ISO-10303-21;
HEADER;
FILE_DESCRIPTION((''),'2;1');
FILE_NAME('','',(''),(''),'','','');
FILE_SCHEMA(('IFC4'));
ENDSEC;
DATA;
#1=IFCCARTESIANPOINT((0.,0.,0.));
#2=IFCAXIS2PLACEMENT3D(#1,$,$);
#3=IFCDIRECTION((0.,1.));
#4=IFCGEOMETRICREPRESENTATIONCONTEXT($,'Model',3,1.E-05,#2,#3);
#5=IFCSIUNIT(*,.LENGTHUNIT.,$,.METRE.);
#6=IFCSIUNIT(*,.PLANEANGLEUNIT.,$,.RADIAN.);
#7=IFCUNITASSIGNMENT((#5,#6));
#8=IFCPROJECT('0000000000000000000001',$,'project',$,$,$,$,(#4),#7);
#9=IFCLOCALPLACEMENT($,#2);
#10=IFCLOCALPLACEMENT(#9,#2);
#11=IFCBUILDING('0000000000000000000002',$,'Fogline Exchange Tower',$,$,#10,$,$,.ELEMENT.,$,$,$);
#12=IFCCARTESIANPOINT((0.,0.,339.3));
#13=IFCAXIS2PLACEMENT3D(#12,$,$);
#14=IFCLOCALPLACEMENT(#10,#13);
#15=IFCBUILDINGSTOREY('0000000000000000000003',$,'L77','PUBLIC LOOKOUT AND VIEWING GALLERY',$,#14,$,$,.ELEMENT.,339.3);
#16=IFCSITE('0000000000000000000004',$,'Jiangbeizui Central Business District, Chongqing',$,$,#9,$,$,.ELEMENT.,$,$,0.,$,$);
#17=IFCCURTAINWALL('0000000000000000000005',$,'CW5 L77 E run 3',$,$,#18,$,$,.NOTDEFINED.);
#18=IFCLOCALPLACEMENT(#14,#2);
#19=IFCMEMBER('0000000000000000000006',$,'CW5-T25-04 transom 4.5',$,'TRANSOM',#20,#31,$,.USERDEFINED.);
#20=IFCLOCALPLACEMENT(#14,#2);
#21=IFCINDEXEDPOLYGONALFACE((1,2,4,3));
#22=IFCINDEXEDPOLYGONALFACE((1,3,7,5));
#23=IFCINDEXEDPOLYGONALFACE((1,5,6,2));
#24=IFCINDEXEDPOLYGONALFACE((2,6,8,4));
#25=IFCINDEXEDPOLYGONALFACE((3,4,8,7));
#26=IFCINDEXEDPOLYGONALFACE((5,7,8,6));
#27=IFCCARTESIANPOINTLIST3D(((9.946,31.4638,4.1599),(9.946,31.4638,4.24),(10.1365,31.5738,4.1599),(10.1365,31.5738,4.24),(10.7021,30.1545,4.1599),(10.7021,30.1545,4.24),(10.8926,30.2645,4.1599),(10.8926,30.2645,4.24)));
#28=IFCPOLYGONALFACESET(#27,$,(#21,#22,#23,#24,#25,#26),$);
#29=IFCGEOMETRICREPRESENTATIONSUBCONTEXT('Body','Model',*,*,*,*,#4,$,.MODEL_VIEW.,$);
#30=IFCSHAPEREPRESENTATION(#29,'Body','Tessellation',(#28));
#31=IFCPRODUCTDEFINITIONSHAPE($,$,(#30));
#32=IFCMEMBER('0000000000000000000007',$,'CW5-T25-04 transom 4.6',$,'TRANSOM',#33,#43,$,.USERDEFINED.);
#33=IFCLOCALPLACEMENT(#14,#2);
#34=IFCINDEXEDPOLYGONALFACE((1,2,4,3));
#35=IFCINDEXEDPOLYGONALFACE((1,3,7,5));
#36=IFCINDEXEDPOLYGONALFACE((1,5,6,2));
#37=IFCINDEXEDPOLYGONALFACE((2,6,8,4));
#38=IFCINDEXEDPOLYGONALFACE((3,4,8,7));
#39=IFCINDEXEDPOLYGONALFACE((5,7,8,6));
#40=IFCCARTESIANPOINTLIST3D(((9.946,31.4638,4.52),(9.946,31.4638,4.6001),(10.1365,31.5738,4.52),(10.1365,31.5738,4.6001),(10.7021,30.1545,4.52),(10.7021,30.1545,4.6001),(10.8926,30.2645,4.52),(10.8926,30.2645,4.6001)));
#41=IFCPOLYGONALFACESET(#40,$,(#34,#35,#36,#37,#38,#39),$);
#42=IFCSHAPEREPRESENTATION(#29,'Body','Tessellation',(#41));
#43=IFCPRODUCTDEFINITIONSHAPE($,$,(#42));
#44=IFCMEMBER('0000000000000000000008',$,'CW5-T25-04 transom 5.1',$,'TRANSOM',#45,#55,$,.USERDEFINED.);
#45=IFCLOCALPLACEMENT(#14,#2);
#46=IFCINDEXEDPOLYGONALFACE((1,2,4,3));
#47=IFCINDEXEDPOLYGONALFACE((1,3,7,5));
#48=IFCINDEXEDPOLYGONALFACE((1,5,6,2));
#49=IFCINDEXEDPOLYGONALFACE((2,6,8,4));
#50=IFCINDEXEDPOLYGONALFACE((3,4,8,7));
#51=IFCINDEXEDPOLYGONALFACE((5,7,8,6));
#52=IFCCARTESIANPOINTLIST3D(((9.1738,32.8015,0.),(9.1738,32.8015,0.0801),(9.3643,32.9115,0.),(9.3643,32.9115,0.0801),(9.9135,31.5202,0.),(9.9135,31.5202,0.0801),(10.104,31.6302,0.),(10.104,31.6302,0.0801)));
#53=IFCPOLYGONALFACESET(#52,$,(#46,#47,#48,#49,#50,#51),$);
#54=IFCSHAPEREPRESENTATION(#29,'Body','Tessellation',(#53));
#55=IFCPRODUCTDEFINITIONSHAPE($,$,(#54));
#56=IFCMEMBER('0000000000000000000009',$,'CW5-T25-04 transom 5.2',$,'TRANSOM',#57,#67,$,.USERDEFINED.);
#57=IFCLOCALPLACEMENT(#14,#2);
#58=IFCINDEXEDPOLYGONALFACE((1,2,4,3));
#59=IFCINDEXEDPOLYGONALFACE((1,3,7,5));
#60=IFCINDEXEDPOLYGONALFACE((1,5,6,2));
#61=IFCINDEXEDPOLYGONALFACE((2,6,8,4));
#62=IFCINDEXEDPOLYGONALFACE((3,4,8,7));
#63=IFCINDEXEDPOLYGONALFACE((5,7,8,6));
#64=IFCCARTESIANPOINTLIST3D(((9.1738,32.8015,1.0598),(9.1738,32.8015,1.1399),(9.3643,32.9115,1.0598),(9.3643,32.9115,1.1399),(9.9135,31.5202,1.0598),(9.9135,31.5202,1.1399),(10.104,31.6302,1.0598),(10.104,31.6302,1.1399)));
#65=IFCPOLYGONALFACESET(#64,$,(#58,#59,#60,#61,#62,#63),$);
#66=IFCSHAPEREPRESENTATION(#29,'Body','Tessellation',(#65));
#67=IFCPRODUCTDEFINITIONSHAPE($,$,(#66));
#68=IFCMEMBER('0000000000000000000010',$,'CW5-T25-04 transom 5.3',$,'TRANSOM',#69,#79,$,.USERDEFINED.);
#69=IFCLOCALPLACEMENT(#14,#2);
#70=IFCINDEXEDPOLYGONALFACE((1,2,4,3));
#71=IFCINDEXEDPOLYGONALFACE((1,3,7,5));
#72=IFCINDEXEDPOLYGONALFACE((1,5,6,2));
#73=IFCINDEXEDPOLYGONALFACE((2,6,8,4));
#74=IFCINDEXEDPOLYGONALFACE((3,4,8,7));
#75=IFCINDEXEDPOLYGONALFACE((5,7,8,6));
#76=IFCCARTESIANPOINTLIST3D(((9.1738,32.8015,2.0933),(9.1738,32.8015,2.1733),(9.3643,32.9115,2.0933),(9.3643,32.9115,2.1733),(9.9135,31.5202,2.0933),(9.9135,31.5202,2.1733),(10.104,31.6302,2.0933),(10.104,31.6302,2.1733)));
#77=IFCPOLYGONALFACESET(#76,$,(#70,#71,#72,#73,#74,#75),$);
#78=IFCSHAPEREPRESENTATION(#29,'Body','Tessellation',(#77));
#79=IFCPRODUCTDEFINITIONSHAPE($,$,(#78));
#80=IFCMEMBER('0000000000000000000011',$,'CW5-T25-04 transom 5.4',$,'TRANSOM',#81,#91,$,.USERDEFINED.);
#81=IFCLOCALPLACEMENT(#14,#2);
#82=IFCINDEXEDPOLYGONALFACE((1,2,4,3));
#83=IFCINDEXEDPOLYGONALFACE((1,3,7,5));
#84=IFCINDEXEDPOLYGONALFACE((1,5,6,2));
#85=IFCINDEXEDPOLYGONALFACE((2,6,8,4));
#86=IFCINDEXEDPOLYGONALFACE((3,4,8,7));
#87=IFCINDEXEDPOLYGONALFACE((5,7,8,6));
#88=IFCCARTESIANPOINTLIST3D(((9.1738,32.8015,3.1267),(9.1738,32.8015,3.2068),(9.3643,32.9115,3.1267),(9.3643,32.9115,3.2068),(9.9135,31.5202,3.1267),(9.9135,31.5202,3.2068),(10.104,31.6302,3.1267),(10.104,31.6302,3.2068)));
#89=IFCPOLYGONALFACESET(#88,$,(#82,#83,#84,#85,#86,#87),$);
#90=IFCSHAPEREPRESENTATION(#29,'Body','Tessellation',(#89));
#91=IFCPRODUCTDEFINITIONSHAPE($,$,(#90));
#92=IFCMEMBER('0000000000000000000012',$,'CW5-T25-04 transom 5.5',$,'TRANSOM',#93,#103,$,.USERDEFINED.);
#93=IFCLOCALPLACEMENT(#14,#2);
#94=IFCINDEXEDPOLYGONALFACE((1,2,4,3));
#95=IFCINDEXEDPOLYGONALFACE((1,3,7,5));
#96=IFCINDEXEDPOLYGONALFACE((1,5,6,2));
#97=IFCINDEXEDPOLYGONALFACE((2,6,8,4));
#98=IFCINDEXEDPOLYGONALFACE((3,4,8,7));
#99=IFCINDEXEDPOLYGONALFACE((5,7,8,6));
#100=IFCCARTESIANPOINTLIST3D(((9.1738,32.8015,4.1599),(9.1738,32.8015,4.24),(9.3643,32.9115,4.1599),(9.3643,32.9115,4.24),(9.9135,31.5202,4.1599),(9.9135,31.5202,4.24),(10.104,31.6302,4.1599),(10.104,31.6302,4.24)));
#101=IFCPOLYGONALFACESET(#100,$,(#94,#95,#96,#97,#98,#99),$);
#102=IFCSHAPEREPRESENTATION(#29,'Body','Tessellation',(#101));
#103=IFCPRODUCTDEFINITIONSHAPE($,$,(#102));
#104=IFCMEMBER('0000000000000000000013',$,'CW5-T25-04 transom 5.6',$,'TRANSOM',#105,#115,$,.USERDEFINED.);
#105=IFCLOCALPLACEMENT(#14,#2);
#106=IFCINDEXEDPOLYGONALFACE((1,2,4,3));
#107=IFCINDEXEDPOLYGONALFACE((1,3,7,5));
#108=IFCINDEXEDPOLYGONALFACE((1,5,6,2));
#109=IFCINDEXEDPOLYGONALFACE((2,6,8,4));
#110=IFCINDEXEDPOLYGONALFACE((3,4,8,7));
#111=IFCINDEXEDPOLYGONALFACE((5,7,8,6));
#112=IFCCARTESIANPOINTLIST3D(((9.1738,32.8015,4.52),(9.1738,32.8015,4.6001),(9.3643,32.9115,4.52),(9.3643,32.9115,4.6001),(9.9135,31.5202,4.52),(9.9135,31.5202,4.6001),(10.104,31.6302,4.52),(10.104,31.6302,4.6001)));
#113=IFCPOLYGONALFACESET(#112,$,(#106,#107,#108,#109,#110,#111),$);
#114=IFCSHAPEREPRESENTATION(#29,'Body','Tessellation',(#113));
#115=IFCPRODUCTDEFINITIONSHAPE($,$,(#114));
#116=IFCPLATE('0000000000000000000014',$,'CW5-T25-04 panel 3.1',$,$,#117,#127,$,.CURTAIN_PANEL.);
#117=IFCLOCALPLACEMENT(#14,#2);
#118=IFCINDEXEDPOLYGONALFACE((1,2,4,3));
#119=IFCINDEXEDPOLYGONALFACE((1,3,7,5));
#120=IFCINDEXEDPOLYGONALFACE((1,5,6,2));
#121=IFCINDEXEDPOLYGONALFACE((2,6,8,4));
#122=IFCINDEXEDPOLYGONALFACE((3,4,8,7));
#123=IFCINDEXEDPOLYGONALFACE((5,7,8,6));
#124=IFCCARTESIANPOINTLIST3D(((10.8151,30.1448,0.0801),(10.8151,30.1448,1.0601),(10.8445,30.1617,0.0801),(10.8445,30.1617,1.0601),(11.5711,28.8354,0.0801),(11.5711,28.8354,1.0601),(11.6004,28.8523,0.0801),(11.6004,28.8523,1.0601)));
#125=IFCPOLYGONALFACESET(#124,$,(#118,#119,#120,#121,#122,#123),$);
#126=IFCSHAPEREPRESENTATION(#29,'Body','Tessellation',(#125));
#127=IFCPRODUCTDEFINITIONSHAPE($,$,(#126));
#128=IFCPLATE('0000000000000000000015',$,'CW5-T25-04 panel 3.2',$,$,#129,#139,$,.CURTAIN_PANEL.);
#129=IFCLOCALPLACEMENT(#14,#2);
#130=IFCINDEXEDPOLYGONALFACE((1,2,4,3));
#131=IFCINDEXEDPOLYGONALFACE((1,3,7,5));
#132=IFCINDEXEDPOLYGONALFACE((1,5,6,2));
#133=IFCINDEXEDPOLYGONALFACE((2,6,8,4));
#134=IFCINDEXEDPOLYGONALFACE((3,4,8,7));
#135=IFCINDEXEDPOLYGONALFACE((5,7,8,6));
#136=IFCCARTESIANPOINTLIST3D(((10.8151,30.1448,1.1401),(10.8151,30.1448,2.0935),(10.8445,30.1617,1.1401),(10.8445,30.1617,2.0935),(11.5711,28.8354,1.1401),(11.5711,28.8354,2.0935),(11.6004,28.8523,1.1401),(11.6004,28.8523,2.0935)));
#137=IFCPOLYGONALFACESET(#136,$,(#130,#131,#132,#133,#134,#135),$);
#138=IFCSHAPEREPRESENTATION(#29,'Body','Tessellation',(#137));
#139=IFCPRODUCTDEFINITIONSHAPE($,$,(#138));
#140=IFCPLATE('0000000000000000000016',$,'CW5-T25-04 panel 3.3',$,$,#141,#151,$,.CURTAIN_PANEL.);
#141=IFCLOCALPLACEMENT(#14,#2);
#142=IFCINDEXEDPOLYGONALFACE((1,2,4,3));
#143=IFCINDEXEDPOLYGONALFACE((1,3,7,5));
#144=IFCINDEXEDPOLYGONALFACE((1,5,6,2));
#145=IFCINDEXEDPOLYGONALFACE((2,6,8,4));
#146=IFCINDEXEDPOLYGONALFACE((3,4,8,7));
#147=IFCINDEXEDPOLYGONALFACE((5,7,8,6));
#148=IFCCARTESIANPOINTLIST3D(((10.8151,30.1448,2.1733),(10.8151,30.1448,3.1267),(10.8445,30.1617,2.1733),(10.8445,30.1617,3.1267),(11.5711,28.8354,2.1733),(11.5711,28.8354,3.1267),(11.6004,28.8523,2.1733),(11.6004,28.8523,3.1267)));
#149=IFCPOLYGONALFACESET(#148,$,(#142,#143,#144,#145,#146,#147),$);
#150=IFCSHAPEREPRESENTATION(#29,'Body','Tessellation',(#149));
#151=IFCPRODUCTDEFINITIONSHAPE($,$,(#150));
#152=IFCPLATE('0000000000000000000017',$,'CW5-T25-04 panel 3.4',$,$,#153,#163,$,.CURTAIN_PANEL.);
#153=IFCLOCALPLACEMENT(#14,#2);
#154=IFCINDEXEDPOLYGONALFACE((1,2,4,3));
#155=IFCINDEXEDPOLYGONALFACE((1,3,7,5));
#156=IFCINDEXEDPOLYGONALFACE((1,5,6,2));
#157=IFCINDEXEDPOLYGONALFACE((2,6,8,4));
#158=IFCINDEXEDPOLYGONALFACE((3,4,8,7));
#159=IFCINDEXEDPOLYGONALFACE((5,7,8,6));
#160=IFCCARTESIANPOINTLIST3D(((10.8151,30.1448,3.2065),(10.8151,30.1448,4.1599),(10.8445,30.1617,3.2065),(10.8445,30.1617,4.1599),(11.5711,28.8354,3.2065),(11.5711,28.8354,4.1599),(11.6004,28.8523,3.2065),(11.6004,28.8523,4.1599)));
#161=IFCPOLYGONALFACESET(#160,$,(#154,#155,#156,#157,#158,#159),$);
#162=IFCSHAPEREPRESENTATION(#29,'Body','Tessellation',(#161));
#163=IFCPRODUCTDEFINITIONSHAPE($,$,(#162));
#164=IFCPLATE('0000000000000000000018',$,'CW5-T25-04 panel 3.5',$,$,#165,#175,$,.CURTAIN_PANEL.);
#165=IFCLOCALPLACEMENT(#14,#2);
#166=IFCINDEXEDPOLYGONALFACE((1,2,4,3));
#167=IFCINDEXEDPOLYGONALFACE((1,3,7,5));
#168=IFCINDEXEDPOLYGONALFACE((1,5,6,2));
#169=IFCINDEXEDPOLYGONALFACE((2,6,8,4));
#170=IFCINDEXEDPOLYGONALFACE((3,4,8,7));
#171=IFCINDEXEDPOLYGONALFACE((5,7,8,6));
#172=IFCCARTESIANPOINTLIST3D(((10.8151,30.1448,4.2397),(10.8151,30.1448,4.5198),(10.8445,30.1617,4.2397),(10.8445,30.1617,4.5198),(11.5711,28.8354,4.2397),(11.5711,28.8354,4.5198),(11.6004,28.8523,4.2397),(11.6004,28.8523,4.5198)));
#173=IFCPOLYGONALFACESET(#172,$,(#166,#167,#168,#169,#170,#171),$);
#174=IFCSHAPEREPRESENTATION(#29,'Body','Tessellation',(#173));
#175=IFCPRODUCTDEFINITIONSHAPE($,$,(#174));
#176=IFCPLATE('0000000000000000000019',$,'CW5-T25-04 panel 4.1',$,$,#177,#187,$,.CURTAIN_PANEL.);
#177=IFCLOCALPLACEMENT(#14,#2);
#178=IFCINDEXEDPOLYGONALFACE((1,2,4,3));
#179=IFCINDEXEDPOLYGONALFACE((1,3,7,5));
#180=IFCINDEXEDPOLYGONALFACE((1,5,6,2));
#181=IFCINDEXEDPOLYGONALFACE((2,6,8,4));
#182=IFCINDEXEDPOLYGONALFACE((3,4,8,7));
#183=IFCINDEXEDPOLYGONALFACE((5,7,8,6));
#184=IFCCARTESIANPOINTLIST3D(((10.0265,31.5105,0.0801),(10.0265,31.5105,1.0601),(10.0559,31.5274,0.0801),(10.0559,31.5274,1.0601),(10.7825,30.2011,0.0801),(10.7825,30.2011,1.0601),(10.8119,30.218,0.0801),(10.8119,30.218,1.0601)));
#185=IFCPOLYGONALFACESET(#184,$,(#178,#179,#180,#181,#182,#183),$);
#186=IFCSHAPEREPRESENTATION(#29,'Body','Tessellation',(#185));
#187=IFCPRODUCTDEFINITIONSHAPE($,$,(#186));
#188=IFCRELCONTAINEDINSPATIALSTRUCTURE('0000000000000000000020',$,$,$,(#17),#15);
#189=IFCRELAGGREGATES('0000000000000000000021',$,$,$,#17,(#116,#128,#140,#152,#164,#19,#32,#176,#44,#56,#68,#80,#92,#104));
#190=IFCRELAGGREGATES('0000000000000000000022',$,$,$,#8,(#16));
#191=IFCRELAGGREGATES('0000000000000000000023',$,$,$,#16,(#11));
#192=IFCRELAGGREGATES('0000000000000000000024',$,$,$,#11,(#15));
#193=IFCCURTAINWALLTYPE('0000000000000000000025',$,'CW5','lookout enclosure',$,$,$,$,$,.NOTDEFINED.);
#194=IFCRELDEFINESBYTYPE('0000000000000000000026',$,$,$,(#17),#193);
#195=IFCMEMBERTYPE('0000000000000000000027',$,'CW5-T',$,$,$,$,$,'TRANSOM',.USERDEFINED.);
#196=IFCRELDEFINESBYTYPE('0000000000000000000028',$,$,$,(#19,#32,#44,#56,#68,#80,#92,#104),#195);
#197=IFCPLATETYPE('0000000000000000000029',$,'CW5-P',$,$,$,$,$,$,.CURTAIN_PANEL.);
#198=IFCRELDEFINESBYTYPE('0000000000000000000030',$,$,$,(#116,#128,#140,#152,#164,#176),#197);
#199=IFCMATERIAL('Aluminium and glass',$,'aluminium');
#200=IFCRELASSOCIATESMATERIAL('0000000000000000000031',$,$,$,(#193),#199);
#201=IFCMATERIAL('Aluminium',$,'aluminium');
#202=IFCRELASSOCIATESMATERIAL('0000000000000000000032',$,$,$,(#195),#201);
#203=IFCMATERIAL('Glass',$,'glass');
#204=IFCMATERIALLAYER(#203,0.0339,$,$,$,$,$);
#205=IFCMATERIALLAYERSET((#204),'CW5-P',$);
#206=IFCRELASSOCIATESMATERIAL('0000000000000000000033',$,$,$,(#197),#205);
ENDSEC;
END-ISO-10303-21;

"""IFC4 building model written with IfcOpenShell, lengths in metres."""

from ifc_helpers import new_model, si_unit, direction, frame, origin, origin_2d, place, context, subcontext, project, spatial, rectangle, extrude, material, layer, layer_set, material_profile, profile_set, type_object, element, aggregate, save


model = new_model("IFC4")

# Units and contexts
model_context = context("Model", 3, precision=1e-05, world=origin(), true_north=direction((0.0, 1.0)))
body_context = subcontext(model_context, "Body", "Model", "MODEL_VIEW")
ifc_project = project(units=[si_unit("LENGTHUNIT", "METRE"), si_unit("PLANEANGLEUNIT", "RADIAN")], contexts=[model_context])

# Site, building, storey
site_placement = place(None, origin())
site = spatial("IfcSite", under=ifc_project, at=site_placement, Name="Jiangbeizui Central Business District, Chongqing", CompositionType="ELEMENT", RefElevation=0.0)
building_placement = place(site_placement, origin())
building = spatial("IfcBuilding", under=site, at=building_placement, Name="Fogline Exchange Tower", CompositionType="ELEMENT")
storey_placement = place(building_placement, frame((0.0, 0.0, 339.3)))
storey = spatial("IfcBuildingStorey", under=building, at=storey_placement, Name="L77", Description="PUBLIC LOOKOUT AND VIEWING GALLERY", CompositionType="ELEMENT", Elevation=339.3)

# Curtain wall, members, plates
ifc_material_1 = material(Name="Aluminium and glass", Category="aluminium")
curtain_wall_type = type_object("IfcCurtainWallType", Name="CW5", Description="lookout enclosure", PredefinedType="NOTDEFINED", material=ifc_material_1)
curtain_wall_placement = place(storey_placement, origin())
curtain_wall = element("IfcCurtainWall", 1, at=curtain_wall_placement, inside=storey, type_object=curtain_wall_type, Name="CW5 L77 E run 3", PredefinedType="NOTDEFINED")
ifc_material_2 = material(Name="Aluminium", Category="aluminium")
ifc_material_profile_1 = material_profile(ifc_material_2, rectangle(XDim=0.22, YDim=0.0801, at=origin_2d()), Name="Transom 80x220")
ifc_profile_set_1 = profile_set([ifc_material_profile_1], Name="Aluminium")
member_type_1 = type_object("IfcMemberType", Name="CW5-T", ElementType="TRANSOM", PredefinedType="USERDEFINED", material=ifc_profile_set_1)
member_1_placement = place(storey_placement, frame((10.7974, 30.2095, 4.2), z_axis=(-0.500081, 0.865979, 0.0), x_axis=(-0.865979, -0.500081, 0.0)))
member_1 = element("IfcMember", 2, at=member_1_placement, type_object=member_type_1, Name="CW5-T25-04 transom 4.5", ObjectType="TRANSOM", PredefinedType="USERDEFINED", context=body_context, shape_type="SweptSolid", body=[
    extrude(rectangle(XDim=0.22, YDim=0.0801, at=origin_2d()), origin(), (0.0, 0.0, 1.0), 1.512),
])
member_2_placement = place(storey_placement, frame((10.7974, 30.2095, 4.5601), z_axis=(-0.500081, 0.865979, 0.0), x_axis=(-0.865979, -0.500081, 0.0)))
member_2 = element("IfcMember", 3, at=member_2_placement, type_object=member_type_1, Name="CW5-T25-04 transom 4.6", ObjectType="TRANSOM", PredefinedType="USERDEFINED", context=body_context, shape_type="SweptSolid", body=[
    extrude(rectangle(XDim=0.22, YDim=0.0801, at=origin_2d()), origin(), (0.0, 0.0, 1.0), 1.512),
])
member_3_placement = place(storey_placement, frame((10.0088, 31.5752, 0.04), z_axis=(-0.500008, 0.866021, 0.0), x_axis=(-0.866021, -0.500008, 0.0)))
member_3 = element("IfcMember", 4, at=member_3_placement, type_object=member_type_1, Name="CW5-T25-04 transom 5.1", ObjectType="TRANSOM", PredefinedType="USERDEFINED", context=body_context, shape_type="SweptSolid", body=[
    extrude(rectangle(XDim=0.22, YDim=0.0801, at=origin_2d()), origin(), (0.0, 0.0, 1.0), 1.4795),
])
member_4_placement = place(storey_placement, frame((10.0088, 31.5752, 1.0999), z_axis=(-0.500008, 0.866021, 0.0), x_axis=(-0.866021, -0.500008, 0.0)))
member_4 = element("IfcMember", 5, at=member_4_placement, type_object=member_type_1, Name="CW5-T25-04 transom 5.2", ObjectType="TRANSOM", PredefinedType="USERDEFINED", context=body_context, shape_type="SweptSolid", body=[
    extrude(rectangle(XDim=0.22, YDim=0.0801, at=origin_2d()), origin(), (0.0, 0.0, 1.0), 1.4795),
])
member_5_placement = place(storey_placement, frame((10.0088, 31.5752, 2.1333), z_axis=(-0.500008, 0.866021, 0.0), x_axis=(-0.866021, -0.500008, 0.0)))
member_5 = element("IfcMember", 6, at=member_5_placement, type_object=member_type_1, Name="CW5-T25-04 transom 5.3", ObjectType="TRANSOM", PredefinedType="USERDEFINED", context=body_context, shape_type="SweptSolid", body=[
    extrude(rectangle(XDim=0.22, YDim=0.0801, at=origin_2d()), origin(), (0.0, 0.0, 1.0), 1.4795),
])
member_6_placement = place(storey_placement, frame((10.0088, 31.5752, 3.1667), z_axis=(-0.500008, 0.866021, 0.0), x_axis=(-0.866021, -0.500008, 0.0)))
member_6 = element("IfcMember", 7, at=member_6_placement, type_object=member_type_1, Name="CW5-T25-04 transom 5.4", ObjectType="TRANSOM", PredefinedType="USERDEFINED", context=body_context, shape_type="SweptSolid", body=[
    extrude(rectangle(XDim=0.22, YDim=0.0801, at=origin_2d()), origin(), (0.0, 0.0, 1.0), 1.4795),
])
member_7_placement = place(storey_placement, frame((10.0088, 31.5752, 4.2), z_axis=(-0.500008, 0.866021, 0.0), x_axis=(-0.866021, -0.500008, 0.0)))
member_7 = element("IfcMember", 8, at=member_7_placement, type_object=member_type_1, Name="CW5-T25-04 transom 5.5", ObjectType="TRANSOM", PredefinedType="USERDEFINED", context=body_context, shape_type="SweptSolid", body=[
    extrude(rectangle(XDim=0.22, YDim=0.0801, at=origin_2d()), origin(), (0.0, 0.0, 1.0), 1.4795),
])
member_8_placement = place(storey_placement, frame((10.0088, 31.5752, 4.5601), z_axis=(-0.500008, 0.866021, 0.0), x_axis=(-0.866021, -0.500008, 0.0)))
member_8 = element("IfcMember", 9, at=member_8_placement, type_object=member_type_1, Name="CW5-T25-04 transom 5.6", ObjectType="TRANSOM", PredefinedType="USERDEFINED", context=body_context, shape_type="SweptSolid", body=[
    extrude(rectangle(XDim=0.22, YDim=0.0801, at=origin_2d()), origin(), (0.0, 0.0, 1.0), 1.4795),
])
ifc_material_3 = material(Name="Glass", Category="glass")
ifc_layer_1 = layer(ifc_material_3, 0.0339)
ifc_layer_set_1 = layer_set([ifc_layer_1], Name="CW5-P")
plate_type = type_object("IfcPlateType", Name="CW5-P", PredefinedType="CURTAIN_PANEL", material=ifc_layer_set_1)
plate_1_placement = place(storey_placement, frame((11.2078, 29.4985, 0.0801), z_axis=(0.0, 0.0, 1.0), x_axis=(-0.5, 0.866025, 0.0)))
plate_1 = element("IfcPlate", 10, at=plate_1_placement, type_object=plate_type, Name="CW5-T25-04 panel 3.1", PredefinedType="CURTAIN_PANEL", context=body_context, shape_type="SweptSolid", body=[
    extrude(rectangle(XDim=1.512, YDim=0.0339, at=origin_2d()), origin(), (0.0, 0.0, 1.0), 0.98),
])
plate_2_placement = place(storey_placement, frame((11.2078, 29.4985, 1.1401), z_axis=(0.0, 0.0, 1.0), x_axis=(-0.5, 0.866025, 0.0)))
plate_2 = element("IfcPlate", 11, at=plate_2_placement, type_object=plate_type, Name="CW5-T25-04 panel 3.2", PredefinedType="CURTAIN_PANEL", context=body_context, shape_type="SweptSolid", body=[
    extrude(rectangle(XDim=1.512, YDim=0.0339, at=origin_2d()), origin(), (0.0, 0.0, 1.0), 0.9534),
])
plate_3_placement = place(storey_placement, frame((11.2078, 29.4985, 2.1733), z_axis=(0.0, 0.0, 1.0), x_axis=(-0.5, 0.866025, 0.0)))
plate_3 = element("IfcPlate", 12, at=plate_3_placement, type_object=plate_type, Name="CW5-T25-04 panel 3.3", PredefinedType="CURTAIN_PANEL", context=body_context, shape_type="SweptSolid", body=[
    extrude(rectangle(XDim=1.512, YDim=0.0339, at=origin_2d()), origin(), (0.0, 0.0, 1.0), 0.9534),
])
plate_4_placement = place(storey_placement, frame((11.2078, 29.4985, 3.2065), z_axis=(0.0, 0.0, 1.0), x_axis=(-0.5, 0.866025, 0.0)))
plate_4 = element("IfcPlate", 13, at=plate_4_placement, type_object=plate_type, Name="CW5-T25-04 panel 3.4", PredefinedType="CURTAIN_PANEL", context=body_context, shape_type="SweptSolid", body=[
    extrude(rectangle(XDim=1.512, YDim=0.0339, at=origin_2d()), origin(), (0.0, 0.0, 1.0), 0.9534),
])
plate_5_placement = place(storey_placement, frame((11.2078, 29.4985, 4.2397), z_axis=(0.0, 0.0, 1.0), x_axis=(-0.5, 0.866025, 0.0)))
plate_5 = element("IfcPlate", 14, at=plate_5_placement, type_object=plate_type, Name="CW5-T25-04 panel 3.5", PredefinedType="CURTAIN_PANEL", context=body_context, shape_type="SweptSolid", body=[
    extrude(rectangle(XDim=1.512, YDim=0.0339, at=origin_2d()), origin(), (0.0, 0.0, 1.0), 0.28),
])
plate_6_placement = place(storey_placement, frame((10.4192, 30.8643, 0.0801), z_axis=(0.0, 0.0, 1.0), x_axis=(-0.5, 0.866025, 0.0)))
plate_6 = element("IfcPlate", 15, at=plate_6_placement, type_object=plate_type, Name="CW5-T25-04 panel 4.1", PredefinedType="CURTAIN_PANEL", context=body_context, shape_type="SweptSolid", body=[
    extrude(rectangle(XDim=1.512, YDim=0.0339, at=origin_2d()), origin(), (0.0, 0.0, 1.0), 0.98),
])
aggregate(curtain_wall, [plate_1, plate_2, plate_3, plate_4, plate_5, member_1, member_2, plate_6, member_3, member_4, member_5, member_6, member_7, member_8])

save(model, "model.ifc")
